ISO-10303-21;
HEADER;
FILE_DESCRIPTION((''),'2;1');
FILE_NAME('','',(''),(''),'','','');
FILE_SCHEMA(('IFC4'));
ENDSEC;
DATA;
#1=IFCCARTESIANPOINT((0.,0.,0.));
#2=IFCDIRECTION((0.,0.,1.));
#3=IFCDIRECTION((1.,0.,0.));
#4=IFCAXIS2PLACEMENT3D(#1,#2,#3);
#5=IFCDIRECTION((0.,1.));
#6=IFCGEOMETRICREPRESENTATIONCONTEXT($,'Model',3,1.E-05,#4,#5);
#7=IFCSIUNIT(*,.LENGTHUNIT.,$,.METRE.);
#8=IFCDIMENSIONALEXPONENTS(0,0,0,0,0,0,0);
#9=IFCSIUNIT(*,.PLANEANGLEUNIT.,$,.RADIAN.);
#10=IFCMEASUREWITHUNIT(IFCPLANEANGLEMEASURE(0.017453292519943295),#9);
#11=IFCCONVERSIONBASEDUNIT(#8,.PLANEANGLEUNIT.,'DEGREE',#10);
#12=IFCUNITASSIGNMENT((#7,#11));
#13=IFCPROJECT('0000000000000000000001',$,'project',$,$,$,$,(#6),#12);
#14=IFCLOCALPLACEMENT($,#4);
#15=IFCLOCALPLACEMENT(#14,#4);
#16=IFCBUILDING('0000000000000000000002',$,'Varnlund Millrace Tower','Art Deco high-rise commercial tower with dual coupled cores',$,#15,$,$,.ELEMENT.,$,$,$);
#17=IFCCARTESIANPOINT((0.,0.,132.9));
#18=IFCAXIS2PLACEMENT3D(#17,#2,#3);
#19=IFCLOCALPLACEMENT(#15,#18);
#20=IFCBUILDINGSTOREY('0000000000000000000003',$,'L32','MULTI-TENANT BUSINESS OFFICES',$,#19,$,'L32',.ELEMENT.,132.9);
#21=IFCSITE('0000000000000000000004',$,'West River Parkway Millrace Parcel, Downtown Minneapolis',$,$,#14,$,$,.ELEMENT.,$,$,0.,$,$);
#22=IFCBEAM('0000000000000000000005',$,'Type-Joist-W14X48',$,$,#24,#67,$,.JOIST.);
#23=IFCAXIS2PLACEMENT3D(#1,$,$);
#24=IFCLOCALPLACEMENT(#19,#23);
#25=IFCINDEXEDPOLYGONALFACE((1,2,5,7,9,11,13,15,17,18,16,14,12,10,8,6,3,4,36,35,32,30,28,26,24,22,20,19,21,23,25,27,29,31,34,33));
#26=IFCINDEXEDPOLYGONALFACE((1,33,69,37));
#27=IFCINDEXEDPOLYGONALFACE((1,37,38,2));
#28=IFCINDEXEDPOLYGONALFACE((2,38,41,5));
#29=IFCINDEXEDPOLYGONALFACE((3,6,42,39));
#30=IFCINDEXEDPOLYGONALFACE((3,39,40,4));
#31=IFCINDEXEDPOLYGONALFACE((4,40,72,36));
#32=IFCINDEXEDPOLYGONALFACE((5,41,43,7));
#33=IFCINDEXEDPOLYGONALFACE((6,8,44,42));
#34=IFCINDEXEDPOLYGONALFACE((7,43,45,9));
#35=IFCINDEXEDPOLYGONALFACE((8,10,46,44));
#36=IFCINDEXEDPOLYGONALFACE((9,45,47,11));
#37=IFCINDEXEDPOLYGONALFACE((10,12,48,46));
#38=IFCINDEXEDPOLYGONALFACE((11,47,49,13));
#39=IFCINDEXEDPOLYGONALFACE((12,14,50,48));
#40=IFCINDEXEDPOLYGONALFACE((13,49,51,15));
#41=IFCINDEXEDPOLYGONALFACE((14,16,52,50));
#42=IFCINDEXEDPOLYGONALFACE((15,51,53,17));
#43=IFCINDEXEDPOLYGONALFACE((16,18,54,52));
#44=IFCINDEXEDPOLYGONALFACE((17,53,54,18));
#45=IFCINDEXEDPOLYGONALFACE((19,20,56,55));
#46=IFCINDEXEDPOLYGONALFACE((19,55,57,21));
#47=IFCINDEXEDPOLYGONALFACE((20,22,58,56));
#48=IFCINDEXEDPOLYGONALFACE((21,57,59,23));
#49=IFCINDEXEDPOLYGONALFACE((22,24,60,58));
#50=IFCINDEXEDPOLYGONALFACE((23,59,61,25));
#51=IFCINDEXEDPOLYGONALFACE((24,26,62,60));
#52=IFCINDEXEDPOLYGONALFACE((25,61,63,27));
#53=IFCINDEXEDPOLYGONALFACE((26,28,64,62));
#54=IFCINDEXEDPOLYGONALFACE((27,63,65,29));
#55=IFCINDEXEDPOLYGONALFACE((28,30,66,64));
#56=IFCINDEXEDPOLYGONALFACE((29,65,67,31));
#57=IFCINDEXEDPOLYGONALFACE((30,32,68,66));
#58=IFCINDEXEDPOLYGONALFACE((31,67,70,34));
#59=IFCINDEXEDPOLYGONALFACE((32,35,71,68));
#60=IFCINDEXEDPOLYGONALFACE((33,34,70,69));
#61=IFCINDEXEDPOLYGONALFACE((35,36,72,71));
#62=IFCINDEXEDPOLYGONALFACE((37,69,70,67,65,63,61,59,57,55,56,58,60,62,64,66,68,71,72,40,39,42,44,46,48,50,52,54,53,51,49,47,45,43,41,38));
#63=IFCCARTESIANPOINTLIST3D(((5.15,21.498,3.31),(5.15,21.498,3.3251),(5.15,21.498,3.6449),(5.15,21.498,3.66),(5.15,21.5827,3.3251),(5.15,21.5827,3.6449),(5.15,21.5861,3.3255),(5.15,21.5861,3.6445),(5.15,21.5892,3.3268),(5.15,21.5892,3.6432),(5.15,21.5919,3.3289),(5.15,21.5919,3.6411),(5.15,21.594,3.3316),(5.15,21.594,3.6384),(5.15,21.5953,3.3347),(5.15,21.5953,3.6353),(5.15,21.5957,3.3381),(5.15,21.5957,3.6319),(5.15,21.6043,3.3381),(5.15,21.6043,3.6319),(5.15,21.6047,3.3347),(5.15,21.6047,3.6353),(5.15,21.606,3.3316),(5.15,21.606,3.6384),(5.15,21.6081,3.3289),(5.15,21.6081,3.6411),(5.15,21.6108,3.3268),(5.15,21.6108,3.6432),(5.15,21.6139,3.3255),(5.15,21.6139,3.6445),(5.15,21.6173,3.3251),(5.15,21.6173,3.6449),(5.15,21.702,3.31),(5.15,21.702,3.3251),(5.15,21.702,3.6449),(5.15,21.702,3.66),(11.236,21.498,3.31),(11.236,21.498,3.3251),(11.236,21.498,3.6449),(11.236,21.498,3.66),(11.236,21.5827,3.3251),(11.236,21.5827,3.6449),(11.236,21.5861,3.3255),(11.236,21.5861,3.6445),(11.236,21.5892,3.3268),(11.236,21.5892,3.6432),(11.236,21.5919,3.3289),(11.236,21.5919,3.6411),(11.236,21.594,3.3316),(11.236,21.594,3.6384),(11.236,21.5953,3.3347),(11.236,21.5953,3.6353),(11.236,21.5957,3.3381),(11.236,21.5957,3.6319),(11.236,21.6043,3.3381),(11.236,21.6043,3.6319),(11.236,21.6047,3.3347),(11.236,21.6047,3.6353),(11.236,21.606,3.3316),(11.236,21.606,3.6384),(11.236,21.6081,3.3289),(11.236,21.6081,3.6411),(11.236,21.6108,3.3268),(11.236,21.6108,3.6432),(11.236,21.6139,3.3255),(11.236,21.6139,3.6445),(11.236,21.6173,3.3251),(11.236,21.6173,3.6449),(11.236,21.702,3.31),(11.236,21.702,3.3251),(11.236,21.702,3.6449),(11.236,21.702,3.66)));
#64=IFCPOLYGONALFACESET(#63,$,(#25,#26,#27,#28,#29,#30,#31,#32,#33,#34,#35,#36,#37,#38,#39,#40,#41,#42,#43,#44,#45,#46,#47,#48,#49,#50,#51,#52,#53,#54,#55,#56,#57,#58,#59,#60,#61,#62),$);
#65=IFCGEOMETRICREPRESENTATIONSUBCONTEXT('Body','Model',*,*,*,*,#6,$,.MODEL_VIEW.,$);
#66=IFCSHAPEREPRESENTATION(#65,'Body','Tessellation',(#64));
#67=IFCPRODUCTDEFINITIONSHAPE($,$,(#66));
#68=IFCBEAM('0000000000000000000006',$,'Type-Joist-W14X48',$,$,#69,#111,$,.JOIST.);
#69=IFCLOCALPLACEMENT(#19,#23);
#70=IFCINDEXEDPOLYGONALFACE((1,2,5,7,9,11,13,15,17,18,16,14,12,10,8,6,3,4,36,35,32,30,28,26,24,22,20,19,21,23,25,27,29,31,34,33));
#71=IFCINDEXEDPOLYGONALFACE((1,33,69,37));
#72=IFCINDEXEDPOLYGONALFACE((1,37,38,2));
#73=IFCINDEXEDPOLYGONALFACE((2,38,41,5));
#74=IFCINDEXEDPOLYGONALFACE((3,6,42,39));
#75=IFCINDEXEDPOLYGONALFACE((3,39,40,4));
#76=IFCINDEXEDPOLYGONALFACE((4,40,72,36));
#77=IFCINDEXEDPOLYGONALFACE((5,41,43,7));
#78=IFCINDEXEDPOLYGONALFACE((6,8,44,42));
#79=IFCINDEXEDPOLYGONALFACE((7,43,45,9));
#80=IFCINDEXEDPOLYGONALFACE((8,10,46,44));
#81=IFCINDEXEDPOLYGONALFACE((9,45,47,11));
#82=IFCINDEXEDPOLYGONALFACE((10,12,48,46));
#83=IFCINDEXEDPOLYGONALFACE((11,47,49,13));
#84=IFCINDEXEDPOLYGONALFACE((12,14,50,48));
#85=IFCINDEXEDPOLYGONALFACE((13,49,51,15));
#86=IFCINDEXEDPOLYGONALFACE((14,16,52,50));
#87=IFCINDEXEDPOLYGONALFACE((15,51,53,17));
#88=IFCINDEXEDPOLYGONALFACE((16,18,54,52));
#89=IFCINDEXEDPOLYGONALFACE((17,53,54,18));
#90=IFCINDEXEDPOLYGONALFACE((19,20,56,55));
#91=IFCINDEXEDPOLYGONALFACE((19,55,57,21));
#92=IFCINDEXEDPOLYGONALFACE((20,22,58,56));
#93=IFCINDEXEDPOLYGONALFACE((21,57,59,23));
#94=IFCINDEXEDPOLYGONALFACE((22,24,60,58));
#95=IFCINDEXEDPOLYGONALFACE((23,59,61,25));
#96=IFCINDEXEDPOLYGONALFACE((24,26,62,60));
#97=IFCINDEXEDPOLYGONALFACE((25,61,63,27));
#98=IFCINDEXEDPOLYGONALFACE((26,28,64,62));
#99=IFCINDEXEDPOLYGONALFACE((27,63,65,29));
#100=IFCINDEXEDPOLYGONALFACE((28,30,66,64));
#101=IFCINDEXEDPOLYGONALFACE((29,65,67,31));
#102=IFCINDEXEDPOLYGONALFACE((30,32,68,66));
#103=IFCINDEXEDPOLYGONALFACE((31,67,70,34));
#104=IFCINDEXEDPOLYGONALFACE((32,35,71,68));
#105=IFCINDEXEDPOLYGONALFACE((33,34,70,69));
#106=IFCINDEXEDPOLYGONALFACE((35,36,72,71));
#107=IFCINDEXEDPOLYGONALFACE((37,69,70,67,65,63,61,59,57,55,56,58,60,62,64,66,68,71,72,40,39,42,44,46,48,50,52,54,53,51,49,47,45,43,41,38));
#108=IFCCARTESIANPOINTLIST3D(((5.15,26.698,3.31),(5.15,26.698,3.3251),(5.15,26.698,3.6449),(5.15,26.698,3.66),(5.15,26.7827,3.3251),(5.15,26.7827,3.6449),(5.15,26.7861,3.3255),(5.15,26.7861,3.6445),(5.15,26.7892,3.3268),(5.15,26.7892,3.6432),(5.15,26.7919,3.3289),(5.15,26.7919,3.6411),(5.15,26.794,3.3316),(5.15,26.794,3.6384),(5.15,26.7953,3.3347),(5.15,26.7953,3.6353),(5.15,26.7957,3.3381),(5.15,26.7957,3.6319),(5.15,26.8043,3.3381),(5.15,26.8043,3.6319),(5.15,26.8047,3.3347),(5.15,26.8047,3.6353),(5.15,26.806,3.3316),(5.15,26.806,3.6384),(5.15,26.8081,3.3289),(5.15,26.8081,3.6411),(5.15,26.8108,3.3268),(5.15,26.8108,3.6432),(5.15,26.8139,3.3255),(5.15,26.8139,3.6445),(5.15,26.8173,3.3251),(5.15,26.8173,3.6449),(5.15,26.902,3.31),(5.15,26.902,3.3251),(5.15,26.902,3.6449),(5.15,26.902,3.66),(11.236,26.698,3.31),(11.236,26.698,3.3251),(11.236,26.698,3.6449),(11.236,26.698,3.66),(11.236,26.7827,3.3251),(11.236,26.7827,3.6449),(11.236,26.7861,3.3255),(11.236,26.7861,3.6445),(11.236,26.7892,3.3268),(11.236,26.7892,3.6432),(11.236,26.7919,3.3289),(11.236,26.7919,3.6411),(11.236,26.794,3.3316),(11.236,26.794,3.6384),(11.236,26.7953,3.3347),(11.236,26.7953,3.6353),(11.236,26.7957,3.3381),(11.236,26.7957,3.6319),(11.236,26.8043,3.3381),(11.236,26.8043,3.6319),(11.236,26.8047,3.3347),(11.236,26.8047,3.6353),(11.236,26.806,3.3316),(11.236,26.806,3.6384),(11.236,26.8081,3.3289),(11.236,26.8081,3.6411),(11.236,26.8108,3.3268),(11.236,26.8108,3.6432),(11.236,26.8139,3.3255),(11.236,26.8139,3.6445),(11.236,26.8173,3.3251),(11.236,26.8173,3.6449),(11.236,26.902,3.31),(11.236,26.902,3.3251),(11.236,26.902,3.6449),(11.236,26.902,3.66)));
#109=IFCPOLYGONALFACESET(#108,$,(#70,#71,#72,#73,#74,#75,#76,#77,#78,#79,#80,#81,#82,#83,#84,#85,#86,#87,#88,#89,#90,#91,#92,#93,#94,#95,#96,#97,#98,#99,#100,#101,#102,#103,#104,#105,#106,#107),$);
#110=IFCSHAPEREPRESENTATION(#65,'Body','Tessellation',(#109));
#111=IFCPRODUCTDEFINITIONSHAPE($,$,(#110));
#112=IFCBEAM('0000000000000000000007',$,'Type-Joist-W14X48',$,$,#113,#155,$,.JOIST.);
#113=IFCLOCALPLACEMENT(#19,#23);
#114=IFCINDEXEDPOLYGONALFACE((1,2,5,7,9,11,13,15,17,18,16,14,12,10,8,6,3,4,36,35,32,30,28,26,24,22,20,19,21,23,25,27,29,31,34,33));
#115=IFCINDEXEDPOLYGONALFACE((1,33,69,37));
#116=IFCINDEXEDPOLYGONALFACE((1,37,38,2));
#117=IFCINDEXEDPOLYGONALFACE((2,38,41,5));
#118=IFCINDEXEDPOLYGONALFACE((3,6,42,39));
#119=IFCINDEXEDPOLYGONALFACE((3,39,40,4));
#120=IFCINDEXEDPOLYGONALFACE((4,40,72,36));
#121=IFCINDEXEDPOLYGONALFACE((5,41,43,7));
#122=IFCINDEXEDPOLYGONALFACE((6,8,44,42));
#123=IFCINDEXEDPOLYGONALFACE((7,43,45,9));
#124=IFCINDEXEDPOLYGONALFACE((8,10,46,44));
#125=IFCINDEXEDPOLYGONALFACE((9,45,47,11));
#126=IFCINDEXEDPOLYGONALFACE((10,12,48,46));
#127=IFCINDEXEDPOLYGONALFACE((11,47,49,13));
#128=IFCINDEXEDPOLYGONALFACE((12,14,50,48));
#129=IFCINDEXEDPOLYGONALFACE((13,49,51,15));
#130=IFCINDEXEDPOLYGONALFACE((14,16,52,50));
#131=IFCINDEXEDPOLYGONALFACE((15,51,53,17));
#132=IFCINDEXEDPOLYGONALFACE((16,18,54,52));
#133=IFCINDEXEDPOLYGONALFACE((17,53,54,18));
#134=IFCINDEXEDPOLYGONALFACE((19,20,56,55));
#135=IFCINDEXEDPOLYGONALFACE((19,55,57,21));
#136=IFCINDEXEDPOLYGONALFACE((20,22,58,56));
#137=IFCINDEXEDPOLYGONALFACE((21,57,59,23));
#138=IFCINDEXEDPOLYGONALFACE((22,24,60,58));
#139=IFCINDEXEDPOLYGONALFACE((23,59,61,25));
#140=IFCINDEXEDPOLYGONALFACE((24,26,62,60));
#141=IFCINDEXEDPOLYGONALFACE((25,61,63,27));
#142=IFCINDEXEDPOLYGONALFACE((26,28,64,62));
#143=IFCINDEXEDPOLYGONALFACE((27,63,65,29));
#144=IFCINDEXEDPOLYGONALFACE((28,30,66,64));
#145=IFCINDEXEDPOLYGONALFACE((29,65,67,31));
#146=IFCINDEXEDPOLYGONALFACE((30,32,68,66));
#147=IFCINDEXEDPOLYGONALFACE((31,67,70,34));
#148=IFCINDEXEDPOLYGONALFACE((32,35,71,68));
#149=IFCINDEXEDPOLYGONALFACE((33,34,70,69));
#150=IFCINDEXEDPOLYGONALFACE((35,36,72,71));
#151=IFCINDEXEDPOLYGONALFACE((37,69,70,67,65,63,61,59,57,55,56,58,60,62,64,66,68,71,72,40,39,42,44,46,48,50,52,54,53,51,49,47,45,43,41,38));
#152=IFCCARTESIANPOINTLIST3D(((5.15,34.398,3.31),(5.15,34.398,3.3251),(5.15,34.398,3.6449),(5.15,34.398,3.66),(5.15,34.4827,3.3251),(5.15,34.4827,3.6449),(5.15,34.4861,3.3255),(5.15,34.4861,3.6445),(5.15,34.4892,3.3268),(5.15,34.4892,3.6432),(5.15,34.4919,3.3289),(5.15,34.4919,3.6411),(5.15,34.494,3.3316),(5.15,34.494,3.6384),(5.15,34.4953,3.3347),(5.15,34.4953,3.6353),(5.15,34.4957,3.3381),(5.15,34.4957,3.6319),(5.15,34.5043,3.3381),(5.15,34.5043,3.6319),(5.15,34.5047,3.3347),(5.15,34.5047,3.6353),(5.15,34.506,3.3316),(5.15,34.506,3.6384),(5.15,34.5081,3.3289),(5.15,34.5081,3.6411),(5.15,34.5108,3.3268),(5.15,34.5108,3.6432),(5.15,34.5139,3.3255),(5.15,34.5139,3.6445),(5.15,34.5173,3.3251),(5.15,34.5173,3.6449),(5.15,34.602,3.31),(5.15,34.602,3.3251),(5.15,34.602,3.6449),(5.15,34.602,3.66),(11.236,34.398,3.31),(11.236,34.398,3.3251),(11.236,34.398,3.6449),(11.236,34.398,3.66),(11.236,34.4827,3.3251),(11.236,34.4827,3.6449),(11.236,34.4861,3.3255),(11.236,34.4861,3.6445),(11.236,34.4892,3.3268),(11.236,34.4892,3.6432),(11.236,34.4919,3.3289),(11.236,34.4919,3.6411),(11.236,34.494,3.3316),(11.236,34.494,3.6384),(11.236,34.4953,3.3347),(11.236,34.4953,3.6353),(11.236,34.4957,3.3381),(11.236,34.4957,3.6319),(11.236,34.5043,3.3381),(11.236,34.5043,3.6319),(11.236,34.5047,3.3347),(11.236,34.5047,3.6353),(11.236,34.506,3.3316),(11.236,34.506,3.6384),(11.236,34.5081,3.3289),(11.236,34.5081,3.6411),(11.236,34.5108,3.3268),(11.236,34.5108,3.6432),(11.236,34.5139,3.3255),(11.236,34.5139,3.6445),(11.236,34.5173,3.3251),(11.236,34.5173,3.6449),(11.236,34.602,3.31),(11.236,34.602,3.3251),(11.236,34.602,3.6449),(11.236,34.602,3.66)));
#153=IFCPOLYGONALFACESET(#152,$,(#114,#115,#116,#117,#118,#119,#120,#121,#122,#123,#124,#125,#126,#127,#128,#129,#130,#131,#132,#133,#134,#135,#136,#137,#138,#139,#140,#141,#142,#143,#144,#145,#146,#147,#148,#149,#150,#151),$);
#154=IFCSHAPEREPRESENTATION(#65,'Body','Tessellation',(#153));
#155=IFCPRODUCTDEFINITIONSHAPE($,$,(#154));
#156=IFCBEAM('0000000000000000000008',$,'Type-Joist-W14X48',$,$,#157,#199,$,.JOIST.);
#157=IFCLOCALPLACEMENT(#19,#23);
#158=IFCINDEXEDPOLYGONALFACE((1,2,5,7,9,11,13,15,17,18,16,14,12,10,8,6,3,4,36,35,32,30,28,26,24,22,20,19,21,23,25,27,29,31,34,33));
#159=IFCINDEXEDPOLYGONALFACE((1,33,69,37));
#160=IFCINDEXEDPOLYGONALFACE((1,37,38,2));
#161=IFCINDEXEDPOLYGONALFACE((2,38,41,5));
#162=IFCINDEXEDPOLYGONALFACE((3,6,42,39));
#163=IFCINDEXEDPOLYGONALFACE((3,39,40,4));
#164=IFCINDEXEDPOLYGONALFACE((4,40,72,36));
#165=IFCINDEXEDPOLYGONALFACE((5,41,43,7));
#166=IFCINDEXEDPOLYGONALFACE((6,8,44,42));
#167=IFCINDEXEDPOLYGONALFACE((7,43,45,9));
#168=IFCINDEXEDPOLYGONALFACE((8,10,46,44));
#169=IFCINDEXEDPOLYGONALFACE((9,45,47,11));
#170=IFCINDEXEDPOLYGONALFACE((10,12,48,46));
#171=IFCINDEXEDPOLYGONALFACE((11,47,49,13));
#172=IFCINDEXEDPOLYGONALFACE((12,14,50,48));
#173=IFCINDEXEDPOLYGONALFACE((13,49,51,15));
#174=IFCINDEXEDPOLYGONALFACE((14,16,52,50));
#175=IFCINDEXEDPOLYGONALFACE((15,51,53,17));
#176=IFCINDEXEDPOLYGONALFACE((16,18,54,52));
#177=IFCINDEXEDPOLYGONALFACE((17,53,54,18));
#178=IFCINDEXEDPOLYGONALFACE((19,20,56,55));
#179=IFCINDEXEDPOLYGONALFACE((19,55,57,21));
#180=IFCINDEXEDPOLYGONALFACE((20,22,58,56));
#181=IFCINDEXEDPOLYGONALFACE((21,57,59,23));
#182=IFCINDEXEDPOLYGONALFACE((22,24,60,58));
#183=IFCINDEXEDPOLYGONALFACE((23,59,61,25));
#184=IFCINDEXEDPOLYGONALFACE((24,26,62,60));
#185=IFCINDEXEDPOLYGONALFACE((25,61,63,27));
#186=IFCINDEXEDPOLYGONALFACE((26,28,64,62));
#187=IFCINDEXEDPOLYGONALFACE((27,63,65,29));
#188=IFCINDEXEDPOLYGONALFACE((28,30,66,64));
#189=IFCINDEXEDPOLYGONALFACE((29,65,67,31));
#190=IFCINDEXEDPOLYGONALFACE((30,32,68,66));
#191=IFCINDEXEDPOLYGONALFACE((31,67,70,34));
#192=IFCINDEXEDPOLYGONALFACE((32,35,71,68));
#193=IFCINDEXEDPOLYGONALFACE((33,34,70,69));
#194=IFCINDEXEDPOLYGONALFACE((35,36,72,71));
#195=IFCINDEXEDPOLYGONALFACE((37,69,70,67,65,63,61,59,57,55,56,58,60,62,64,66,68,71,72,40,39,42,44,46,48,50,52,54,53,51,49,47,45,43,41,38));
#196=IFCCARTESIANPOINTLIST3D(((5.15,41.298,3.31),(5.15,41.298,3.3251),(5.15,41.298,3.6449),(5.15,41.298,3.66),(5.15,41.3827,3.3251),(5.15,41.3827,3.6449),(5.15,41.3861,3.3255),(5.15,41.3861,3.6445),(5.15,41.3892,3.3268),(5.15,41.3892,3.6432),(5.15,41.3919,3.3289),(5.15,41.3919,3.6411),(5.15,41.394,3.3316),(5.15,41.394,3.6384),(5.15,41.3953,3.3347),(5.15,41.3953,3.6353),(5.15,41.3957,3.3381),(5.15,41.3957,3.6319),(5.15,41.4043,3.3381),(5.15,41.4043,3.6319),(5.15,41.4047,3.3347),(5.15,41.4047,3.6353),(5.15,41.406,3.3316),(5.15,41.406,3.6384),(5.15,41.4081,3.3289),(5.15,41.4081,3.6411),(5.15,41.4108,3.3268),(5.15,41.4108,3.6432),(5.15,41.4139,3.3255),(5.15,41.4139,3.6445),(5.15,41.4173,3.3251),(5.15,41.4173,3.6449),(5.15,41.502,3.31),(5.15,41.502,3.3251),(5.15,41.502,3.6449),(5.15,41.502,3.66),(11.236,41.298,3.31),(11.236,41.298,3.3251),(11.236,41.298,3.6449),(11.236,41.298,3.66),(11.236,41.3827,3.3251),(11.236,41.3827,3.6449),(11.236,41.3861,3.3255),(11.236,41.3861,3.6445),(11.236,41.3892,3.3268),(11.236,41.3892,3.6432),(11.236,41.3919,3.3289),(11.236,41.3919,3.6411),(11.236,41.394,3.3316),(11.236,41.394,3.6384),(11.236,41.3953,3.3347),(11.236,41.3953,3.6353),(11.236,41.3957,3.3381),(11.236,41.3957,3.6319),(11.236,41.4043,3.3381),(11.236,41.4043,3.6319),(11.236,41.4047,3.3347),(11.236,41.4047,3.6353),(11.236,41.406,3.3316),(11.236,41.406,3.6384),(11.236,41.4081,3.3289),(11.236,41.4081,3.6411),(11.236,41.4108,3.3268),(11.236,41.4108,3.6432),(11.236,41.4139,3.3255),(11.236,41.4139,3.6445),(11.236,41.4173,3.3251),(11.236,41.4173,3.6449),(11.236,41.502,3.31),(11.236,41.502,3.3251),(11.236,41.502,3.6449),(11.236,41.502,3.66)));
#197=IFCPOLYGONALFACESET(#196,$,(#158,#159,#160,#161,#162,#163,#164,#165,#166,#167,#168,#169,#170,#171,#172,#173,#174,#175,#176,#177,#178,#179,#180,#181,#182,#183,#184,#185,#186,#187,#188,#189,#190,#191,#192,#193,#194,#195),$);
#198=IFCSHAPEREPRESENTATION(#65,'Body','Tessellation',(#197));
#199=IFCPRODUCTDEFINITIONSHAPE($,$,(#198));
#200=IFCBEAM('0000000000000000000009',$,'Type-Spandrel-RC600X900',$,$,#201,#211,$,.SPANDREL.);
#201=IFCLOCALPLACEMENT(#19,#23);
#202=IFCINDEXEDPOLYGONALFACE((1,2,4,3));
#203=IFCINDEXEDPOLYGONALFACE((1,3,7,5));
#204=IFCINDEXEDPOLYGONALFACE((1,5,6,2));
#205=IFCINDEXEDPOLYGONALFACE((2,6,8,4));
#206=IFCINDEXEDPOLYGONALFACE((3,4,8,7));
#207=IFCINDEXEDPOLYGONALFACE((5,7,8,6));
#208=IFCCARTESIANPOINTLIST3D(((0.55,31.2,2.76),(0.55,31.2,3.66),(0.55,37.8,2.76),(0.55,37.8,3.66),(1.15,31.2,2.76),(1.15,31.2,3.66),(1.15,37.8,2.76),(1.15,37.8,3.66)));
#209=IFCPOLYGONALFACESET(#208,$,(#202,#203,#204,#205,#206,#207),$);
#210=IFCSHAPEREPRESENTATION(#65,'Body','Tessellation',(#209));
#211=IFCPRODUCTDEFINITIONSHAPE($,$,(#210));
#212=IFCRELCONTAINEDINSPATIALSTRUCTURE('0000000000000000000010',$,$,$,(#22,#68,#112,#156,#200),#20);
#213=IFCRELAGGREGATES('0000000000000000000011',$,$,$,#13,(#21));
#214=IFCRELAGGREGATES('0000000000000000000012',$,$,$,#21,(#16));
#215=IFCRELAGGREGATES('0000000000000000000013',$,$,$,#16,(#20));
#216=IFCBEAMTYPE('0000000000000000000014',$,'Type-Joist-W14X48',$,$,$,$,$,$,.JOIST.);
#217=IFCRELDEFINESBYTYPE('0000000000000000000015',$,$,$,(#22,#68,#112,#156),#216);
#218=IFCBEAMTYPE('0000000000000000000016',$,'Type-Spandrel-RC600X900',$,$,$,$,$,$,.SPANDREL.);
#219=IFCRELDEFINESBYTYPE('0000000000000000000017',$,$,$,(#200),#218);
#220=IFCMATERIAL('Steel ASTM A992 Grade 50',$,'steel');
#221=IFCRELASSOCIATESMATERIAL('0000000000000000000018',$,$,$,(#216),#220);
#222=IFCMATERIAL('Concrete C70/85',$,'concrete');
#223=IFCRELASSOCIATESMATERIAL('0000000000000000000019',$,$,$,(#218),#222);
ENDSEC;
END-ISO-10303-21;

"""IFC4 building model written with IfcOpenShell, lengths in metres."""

from ifc_helpers import new_model, entity, si_unit, converted_unit, direction, frame, origin_with_axes, origin_2d_with_axis, place, context, subcontext, project, spatial, rectangle, i_section, extrude, material, material_profile, profile_set, type_object, element, save


model = new_model("IFC4")

# Units and contexts
model_context = context("Model", 3, precision=1e-05, world=origin_with_axes(), true_north=direction((0.0, 1.0)))
body_context = subcontext(model_context, "Body", "Model", "MODEL_VIEW")
ifc_project = project(units=[si_unit("LENGTHUNIT", "METRE"), converted_unit("PLANEANGLEUNIT", "DEGREE", entity("IfcPlaneAngleMeasure", 0.017453292519943295), si_unit("PLANEANGLEUNIT", "RADIAN"), dimensions=[0, 0, 0, 0, 0, 0, 0])], contexts=[model_context])

# Site, building, storey
site_placement = place(None, origin_with_axes())
site = spatial("IfcSite", under=ifc_project, at=site_placement, Name="West River Parkway Millrace Parcel, Downtown Minneapolis", CompositionType="ELEMENT", RefElevation=0.0)
building_placement = place(site_placement, origin_with_axes())
building = spatial("IfcBuilding", under=site, at=building_placement, Name="Varnlund Millrace Tower", Description="Art Deco high-rise commercial tower with dual coupled cores", CompositionType="ELEMENT")
storey_placement = place(building_placement, frame((0.0, 0.0, 132.9), z_axis=(0.0, 0.0, 1.0), x_axis=(1.0, 0.0, 0.0)))
storey = spatial("IfcBuildingStorey", under=building, at=storey_placement, Name="L32", Description="MULTI-TENANT BUSINESS OFFICES", LongName="L32", CompositionType="ELEMENT", Elevation=132.9)

# Beams
ifc_material_1 = material(Name="Steel ASTM A992 Grade 50", Category="steel")
ifc_material_profile_1 = material_profile(ifc_material_1, i_section(OverallWidth=0.204, OverallDepth=0.35, WebThickness=0.0086, FlangeThickness=0.0151, FilletRadius=0.013, at=origin_2d_with_axis()), Name="Steel ASTM A992 Grade 50")
ifc_profile_set_1 = profile_set([ifc_material_profile_1], Name="Steel ASTM A992 Grade 50")
beam_type_1 = type_object("IfcBeamType", Name="Type-Joist-W14X48", PredefinedType="JOIST", material=ifc_profile_set_1)
for number, where, z_axis, x_axis, name in (
    (1, (5.15, 21.6, 3.485), (1.0, 0.0, 0.0), (0.0, 1.0, 0.0), "Type-Joist-W14X48"),
    (2, (5.15, 26.8, 3.485), (1.0, 0.0, 0.0), (0.0, 1.0, 0.0), "Type-Joist-W14X48"),
    (3, (5.15, 34.5, 3.485), (1.0, 0.0, 0.0), (0.0, 1.0, 0.0), "Type-Joist-W14X48"),
    (4, (5.15, 41.4, 3.485), (1.0, 0.0, 0.0), (0.0, 1.0, 0.0), "Type-Joist-W14X48"),
):
    element("IfcBeam", number, at=place(storey_placement, frame(where, z_axis=z_axis, x_axis=x_axis)), inside=storey, type_object=beam_type_1, Name=name, PredefinedType="JOIST", context=body_context, shape_type="SweptSolid", body=[
        extrude(i_section(OverallWidth=0.204, OverallDepth=0.35, WebThickness=0.0086, FlangeThickness=0.0151, FilletRadius=0.013, at=origin_2d_with_axis()), origin_with_axes(), (0.0, 0.0, 1.0), 6.086),
    ])
ifc_material_2 = material(Name="Concrete C70/85", Category="concrete")
ifc_material_profile_2 = material_profile(ifc_material_2, rectangle(XDim=0.6, YDim=0.9, at=origin_2d_with_axis()), Name="Concrete C70/85")
ifc_profile_set_2 = profile_set([ifc_material_profile_2], Name="Concrete C70/85")
beam_type_2 = type_object("IfcBeamType", Name="Type-Spandrel-RC600X900", PredefinedType="SPANDREL", material=ifc_profile_set_2)
beam_1_placement = place(storey_placement, frame((0.85, 31.2, 3.21), z_axis=(0.0, 1.0, 0.0), x_axis=(-1.0, 0.0, 0.0)))
element("IfcBeam", 5, at=beam_1_placement, inside=storey, type_object=beam_type_2, Name="Type-Spandrel-RC600X900", PredefinedType="SPANDREL", context=body_context, shape_type="SweptSolid", body=[
    extrude(rectangle(XDim=0.6, YDim=0.9, at=origin_2d_with_axis()), origin_with_axes(), (0.0, 0.0, 1.0), 6.6),
])

save(model, "model.ifc")
